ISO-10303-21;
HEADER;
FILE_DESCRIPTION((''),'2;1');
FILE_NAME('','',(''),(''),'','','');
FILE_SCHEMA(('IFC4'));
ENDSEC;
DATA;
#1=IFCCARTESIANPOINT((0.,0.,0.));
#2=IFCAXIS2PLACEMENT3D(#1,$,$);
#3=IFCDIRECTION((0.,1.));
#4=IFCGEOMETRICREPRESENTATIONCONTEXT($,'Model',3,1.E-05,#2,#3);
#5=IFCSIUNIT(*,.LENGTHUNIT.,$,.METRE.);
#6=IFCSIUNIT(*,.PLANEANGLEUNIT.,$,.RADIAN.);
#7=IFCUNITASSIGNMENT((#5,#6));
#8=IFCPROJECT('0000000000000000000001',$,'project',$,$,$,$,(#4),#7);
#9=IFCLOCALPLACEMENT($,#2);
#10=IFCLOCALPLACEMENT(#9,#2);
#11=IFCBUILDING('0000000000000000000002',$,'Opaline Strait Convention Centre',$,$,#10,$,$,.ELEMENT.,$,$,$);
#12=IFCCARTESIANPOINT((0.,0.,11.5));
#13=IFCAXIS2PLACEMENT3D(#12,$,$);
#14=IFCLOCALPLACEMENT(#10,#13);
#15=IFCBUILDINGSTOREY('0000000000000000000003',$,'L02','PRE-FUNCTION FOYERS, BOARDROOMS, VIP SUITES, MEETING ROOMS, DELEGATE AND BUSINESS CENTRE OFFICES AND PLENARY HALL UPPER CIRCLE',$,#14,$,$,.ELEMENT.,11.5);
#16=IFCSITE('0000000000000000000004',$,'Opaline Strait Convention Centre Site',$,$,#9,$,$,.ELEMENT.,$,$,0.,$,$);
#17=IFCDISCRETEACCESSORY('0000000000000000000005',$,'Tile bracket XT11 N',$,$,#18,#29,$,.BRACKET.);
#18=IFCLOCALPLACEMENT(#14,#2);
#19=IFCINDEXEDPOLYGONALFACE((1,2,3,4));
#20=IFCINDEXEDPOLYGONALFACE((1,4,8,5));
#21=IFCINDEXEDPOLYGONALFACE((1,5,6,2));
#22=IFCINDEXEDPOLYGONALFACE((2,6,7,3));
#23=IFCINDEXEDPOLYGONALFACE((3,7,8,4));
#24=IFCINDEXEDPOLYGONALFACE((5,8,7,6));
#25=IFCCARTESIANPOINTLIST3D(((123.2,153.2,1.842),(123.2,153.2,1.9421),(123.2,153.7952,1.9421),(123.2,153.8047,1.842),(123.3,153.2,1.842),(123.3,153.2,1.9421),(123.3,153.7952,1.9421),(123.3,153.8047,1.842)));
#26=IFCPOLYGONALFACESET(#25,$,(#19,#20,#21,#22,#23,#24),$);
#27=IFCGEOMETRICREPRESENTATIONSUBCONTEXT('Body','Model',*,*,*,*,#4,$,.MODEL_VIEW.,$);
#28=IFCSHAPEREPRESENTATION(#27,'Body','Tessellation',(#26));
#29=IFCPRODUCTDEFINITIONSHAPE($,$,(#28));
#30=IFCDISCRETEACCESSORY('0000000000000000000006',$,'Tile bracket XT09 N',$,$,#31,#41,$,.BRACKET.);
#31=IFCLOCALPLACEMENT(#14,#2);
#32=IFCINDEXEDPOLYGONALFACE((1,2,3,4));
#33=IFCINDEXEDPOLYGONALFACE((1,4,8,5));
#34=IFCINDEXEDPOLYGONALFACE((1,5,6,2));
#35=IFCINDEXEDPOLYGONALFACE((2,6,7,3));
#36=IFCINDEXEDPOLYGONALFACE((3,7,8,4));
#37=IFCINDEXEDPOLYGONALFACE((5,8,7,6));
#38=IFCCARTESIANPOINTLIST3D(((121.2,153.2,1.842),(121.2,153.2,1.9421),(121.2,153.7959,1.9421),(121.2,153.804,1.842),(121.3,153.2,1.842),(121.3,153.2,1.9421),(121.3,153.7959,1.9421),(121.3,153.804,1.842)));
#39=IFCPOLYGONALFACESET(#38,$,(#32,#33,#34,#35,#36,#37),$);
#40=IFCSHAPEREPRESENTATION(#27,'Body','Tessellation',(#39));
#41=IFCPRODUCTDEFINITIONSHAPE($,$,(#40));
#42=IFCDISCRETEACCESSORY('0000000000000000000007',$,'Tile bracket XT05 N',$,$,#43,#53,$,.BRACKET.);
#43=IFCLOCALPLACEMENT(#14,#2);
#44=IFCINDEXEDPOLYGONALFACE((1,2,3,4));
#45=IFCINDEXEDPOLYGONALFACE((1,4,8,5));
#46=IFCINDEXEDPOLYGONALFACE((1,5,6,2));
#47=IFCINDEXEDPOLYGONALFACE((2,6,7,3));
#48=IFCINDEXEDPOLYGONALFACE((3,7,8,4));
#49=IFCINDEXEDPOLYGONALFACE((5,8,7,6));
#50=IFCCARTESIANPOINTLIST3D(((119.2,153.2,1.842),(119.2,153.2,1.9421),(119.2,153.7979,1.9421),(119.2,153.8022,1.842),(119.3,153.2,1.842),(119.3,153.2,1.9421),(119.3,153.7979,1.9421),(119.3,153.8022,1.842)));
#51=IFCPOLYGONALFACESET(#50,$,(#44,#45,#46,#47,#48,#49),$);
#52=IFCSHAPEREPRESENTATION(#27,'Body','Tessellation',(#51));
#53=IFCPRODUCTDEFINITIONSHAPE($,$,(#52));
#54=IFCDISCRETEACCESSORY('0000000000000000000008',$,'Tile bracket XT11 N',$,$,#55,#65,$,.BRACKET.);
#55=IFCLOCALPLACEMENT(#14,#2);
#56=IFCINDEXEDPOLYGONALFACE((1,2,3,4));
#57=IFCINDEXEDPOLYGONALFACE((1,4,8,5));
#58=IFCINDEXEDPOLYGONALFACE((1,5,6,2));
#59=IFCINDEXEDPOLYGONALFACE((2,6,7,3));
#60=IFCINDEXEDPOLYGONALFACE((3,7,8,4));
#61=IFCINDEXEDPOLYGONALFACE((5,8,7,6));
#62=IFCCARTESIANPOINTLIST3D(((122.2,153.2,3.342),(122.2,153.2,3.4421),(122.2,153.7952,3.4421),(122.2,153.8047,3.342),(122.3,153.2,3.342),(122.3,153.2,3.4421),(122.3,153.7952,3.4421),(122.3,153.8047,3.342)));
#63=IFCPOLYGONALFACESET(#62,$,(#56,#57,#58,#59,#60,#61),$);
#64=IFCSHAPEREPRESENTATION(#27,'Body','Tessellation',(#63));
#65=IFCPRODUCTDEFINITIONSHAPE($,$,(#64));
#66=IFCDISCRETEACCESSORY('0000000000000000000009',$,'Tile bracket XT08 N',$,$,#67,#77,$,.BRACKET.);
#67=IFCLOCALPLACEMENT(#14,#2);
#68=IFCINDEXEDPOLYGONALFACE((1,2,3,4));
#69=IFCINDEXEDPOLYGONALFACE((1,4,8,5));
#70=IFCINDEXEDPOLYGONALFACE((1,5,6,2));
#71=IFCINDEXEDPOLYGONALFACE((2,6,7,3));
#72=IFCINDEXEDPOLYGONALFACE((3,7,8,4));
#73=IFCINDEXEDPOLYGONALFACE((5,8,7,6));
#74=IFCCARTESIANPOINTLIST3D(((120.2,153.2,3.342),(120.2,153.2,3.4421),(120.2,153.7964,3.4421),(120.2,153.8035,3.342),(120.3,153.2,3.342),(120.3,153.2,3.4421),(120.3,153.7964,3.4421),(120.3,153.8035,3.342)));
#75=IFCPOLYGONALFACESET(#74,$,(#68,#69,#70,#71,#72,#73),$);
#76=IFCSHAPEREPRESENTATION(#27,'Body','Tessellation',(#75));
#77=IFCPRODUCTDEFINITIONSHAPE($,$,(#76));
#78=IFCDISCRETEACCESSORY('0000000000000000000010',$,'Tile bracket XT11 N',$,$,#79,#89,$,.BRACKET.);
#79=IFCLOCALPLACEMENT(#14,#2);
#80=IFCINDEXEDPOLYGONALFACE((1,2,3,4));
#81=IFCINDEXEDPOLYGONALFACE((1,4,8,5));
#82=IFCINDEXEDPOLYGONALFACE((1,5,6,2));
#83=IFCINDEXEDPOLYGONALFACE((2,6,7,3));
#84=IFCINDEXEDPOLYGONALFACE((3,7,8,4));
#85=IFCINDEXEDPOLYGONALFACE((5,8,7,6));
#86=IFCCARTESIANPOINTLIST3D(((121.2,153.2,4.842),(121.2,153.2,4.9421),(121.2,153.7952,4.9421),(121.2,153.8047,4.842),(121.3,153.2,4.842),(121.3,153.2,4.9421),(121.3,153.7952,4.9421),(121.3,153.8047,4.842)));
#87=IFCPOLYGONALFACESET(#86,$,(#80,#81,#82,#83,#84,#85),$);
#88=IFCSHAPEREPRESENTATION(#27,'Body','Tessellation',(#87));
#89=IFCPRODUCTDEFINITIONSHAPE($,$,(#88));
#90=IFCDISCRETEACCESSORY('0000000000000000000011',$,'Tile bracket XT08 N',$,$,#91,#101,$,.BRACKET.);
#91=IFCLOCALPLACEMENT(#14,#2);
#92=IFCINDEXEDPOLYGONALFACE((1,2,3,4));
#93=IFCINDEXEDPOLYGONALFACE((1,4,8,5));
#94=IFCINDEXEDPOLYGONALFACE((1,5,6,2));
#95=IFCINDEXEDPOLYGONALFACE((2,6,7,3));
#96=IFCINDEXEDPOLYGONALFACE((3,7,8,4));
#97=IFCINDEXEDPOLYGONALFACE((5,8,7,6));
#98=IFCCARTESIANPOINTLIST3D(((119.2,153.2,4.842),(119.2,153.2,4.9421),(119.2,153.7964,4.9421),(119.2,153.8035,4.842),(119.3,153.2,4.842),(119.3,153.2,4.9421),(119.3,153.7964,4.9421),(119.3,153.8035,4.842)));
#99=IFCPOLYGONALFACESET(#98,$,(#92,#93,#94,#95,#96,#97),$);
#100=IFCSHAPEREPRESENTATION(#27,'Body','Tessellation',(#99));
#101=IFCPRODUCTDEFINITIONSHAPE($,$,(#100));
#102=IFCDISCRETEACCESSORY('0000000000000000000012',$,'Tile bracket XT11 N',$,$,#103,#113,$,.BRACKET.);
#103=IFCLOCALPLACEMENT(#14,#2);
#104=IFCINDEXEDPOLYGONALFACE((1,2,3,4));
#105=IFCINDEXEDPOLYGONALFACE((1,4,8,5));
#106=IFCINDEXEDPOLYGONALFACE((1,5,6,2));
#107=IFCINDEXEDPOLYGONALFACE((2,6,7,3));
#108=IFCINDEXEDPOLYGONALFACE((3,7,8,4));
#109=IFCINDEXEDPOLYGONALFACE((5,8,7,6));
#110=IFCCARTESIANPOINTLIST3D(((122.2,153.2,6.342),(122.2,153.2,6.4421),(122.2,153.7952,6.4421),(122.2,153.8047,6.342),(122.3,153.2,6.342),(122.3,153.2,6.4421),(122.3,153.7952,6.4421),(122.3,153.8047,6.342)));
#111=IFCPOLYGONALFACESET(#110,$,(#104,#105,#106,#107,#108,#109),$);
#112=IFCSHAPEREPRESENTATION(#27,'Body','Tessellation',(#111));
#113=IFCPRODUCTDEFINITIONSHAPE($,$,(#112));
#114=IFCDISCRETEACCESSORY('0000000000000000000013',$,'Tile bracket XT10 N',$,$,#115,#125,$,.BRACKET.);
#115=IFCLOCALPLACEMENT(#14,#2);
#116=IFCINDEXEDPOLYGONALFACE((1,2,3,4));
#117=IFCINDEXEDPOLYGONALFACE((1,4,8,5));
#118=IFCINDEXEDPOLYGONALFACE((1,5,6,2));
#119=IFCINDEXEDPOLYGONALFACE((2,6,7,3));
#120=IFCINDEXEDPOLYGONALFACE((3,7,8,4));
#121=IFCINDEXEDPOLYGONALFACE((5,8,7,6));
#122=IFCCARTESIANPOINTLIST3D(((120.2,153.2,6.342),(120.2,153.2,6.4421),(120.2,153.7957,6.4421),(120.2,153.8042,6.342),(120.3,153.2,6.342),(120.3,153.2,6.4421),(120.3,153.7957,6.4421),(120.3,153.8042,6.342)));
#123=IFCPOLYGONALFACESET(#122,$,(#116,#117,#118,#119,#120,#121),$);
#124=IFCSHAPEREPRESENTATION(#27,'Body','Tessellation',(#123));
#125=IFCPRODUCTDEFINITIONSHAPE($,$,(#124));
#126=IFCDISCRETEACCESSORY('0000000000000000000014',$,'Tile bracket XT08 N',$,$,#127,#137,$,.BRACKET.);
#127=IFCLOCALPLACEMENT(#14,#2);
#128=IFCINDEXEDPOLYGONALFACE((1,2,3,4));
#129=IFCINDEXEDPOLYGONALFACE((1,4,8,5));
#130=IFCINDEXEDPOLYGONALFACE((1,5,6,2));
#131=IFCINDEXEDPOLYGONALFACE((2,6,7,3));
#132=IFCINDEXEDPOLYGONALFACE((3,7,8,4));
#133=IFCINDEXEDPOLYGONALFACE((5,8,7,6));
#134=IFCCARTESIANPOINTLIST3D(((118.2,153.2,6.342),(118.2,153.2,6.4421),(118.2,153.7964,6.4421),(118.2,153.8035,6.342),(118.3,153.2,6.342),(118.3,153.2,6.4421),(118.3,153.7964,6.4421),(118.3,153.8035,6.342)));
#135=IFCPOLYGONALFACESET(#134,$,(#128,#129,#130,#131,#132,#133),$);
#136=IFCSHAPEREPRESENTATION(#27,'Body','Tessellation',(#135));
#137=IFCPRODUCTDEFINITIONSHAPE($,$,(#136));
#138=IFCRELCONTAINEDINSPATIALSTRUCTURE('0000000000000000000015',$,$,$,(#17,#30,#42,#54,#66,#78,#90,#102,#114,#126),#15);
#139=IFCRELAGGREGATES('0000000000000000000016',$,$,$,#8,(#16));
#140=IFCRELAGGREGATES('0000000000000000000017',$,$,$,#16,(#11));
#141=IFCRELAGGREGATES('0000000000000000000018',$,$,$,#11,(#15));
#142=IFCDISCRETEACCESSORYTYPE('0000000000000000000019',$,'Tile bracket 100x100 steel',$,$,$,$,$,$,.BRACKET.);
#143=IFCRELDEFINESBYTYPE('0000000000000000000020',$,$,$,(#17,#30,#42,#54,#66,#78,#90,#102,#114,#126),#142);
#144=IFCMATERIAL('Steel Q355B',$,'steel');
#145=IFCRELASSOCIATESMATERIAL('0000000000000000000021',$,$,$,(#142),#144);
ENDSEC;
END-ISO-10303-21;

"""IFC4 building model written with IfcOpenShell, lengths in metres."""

from ifc_helpers import new_model, si_unit, direction, frame, origin, place, context, subcontext, project, spatial, polyline, outline, extrude, material, type_object, element, save


model = new_model("IFC4")

# Units and contexts
model_context = context("Model", 3, precision=1e-05, world=origin(), true_north=direction((0.0, 1.0)))
body_context = subcontext(model_context, "Body", "Model", "MODEL_VIEW")
ifc_project = project(units=[si_unit("LENGTHUNIT", "METRE"), si_unit("PLANEANGLEUNIT", "RADIAN")], contexts=[model_context])

# Site, building, storey
site_placement = place(None, origin())
site = spatial("IfcSite", under=ifc_project, at=site_placement, Name="Opaline Strait Convention Centre Site", CompositionType="ELEMENT", RefElevation=0.0)
building_placement = place(site_placement, origin())
building = spatial("IfcBuilding", under=site, at=building_placement, Name="Opaline Strait Convention Centre", CompositionType="ELEMENT")
storey_placement = place(building_placement, frame((0.0, 0.0, 11.5)))
storey = spatial("IfcBuildingStorey", under=building, at=storey_placement, Name="L02", Description="PRE-FUNCTION FOYERS, BOARDROOMS, VIP SUITES, MEETING ROOMS, DELEGATE AND BUSINESS CENTRE OFFICES AND PLENARY HALL UPPER CIRCLE", CompositionType="ELEMENT", Elevation=11.5)

# Discrete accessories
ifc_material_1 = material(Name="Steel Q355B", Category="steel")
discrete_accessory_type = type_object("IfcDiscreteAccessoryType", Name="Tile bracket 100x100 steel", PredefinedType="BRACKET", material=ifc_material_1)
discrete_accessory_1_placement = place(storey_placement, frame((123.3, 153.2, 1.8921), z_axis=(-1.0, 0.0, 0.0), x_axis=(0.0, -1.0, 0.0)))
element("IfcDiscreteAccessory", 1, at=discrete_accessory_1_placement, inside=storey, type_object=discrete_accessory_type, Name="Tile bracket XT11 N", PredefinedType="BRACKET", context=body_context, shape_type="SweptSolid", body=[
    extrude(outline(polyline([(0.0, -0.05), (0.0, 0.05), (-0.5952, 0.05), (-0.6047, -0.05), (0.0, -0.05)])), origin(), (0.0, 0.0, 1.0), 0.1001),
])
discrete_accessory_2_placement = place(storey_placement, frame((121.3, 153.2, 1.8921), z_axis=(-1.0, 0.0, 0.0), x_axis=(0.0, -1.0, 0.0)))
element("IfcDiscreteAccessory", 2, at=discrete_accessory_2_placement, inside=storey, type_object=discrete_accessory_type, Name="Tile bracket XT09 N", PredefinedType="BRACKET", context=body_context, shape_type="SweptSolid", body=[
    extrude(outline(polyline([(0.0, -0.05), (0.0, 0.05), (-0.5959, 0.05), (-0.604, -0.05), (0.0, -0.05)])), origin(), (0.0, 0.0, 1.0), 0.1001),
])
discrete_accessory_3_placement = place(storey_placement, frame((119.3, 153.2, 1.8921), z_axis=(-1.0, 0.0, 0.0), x_axis=(0.0, -1.0, 0.0)))
element("IfcDiscreteAccessory", 3, at=discrete_accessory_3_placement, inside=storey, type_object=discrete_accessory_type, Name="Tile bracket XT05 N", PredefinedType="BRACKET", context=body_context, shape_type="SweptSolid", body=[
    extrude(outline(polyline([(0.0, -0.05), (0.0, 0.05), (-0.5979, 0.05), (-0.6023, -0.05), (0.0, -0.05)])), origin(), (0.0, 0.0, 1.0), 0.1001),
])
discrete_accessory_4_placement = place(storey_placement, frame((122.3, 153.2, 3.3921), z_axis=(-1.0, 0.0, 0.0), x_axis=(0.0, -1.0, 0.0)))
element("IfcDiscreteAccessory", 4, at=discrete_accessory_4_placement, inside=storey, type_object=discrete_accessory_type, Name="Tile bracket XT11 N", PredefinedType="BRACKET", context=body_context, shape_type="SweptSolid", body=[
    extrude(outline(polyline([(0.0, -0.05), (0.0, 0.05), (-0.5952, 0.05), (-0.6047, -0.05), (0.0, -0.05)])), origin(), (0.0, 0.0, 1.0), 0.1001),
])
discrete_accessory_5_placement = place(storey_placement, frame((120.3, 153.2, 3.3921), z_axis=(-1.0, 0.0, 0.0), x_axis=(0.0, -1.0, 0.0)))
element("IfcDiscreteAccessory", 5, at=discrete_accessory_5_placement, inside=storey, type_object=discrete_accessory_type, Name="Tile bracket XT08 N", PredefinedType="BRACKET", context=body_context, shape_type="SweptSolid", body=[
    extrude(outline(polyline([(0.0, -0.05), (0.0, 0.05), (-0.5964, 0.05), (-0.6035, -0.05), (0.0, -0.05)])), origin(), (0.0, 0.0, 1.0), 0.1001),
])
discrete_accessory_6_placement = place(storey_placement, frame((121.3, 153.2, 4.8921), z_axis=(-1.0, 0.0, 0.0), x_axis=(0.0, -1.0, 0.0)))
element("IfcDiscreteAccessory", 6, at=discrete_accessory_6_placement, inside=storey, type_object=discrete_accessory_type, Name="Tile bracket XT11 N", PredefinedType="BRACKET", context=body_context, shape_type="SweptSolid", body=[
    extrude(outline(polyline([(0.0, -0.05), (0.0, 0.05), (-0.5952, 0.05), (-0.6047, -0.05), (0.0, -0.05)])), origin(), (0.0, 0.0, 1.0), 0.1001),
])
discrete_accessory_7_placement = place(storey_placement, frame((119.3, 153.2, 4.8921), z_axis=(-1.0, 0.0, 0.0), x_axis=(0.0, -1.0, 0.0)))
element("IfcDiscreteAccessory", 7, at=discrete_accessory_7_placement, inside=storey, type_object=discrete_accessory_type, Name="Tile bracket XT08 N", PredefinedType="BRACKET", context=body_context, shape_type="SweptSolid", body=[
    extrude(outline(polyline([(0.0, -0.05), (0.0, 0.05), (-0.5964, 0.05), (-0.6035, -0.05), (0.0, -0.05)])), origin(), (0.0, 0.0, 1.0), 0.1001),
])
discrete_accessory_8_placement = place(storey_placement, frame((122.3, 153.2, 6.3921), z_axis=(-1.0, 0.0, 0.0), x_axis=(0.0, -1.0, 0.0)))
element("IfcDiscreteAccessory", 8, at=discrete_accessory_8_placement, inside=storey, type_object=discrete_accessory_type, Name="Tile bracket XT11 N", PredefinedType="BRACKET", context=body_context, shape_type="SweptSolid", body=[
    extrude(outline(polyline([(0.0, -0.05), (0.0, 0.05), (-0.5952, 0.05), (-0.6047, -0.05), (0.0, -0.05)])), origin(), (0.0, 0.0, 1.0), 0.1001),
])
discrete_accessory_9_placement = place(storey_placement, frame((120.3, 153.2, 6.3921), z_axis=(-1.0, 0.0, 0.0), x_axis=(0.0, -1.0, 0.0)))
element("IfcDiscreteAccessory", 9, at=discrete_accessory_9_placement, inside=storey, type_object=discrete_accessory_type, Name="Tile bracket XT10 N", PredefinedType="BRACKET", context=body_context, shape_type="SweptSolid", body=[
    extrude(outline(polyline([(0.0, -0.05), (0.0, 0.05), (-0.5957, 0.05), (-0.6042, -0.05), (0.0, -0.05)])), origin(), (0.0, 0.0, 1.0), 0.1001),
])
discrete_accessory_10_placement = place(storey_placement, frame((118.3, 153.2, 6.3921), z_axis=(-1.0, 0.0, 0.0), x_axis=(0.0, -1.0, 0.0)))
element("IfcDiscreteAccessory", 10, at=discrete_accessory_10_placement, inside=storey, type_object=discrete_accessory_type, Name="Tile bracket XT08 N", PredefinedType="BRACKET", context=body_context, shape_type="SweptSolid", body=[
    extrude(outline(polyline([(0.0, -0.05), (0.0, 0.05), (-0.5964, 0.05), (-0.6035, -0.05), (0.0, -0.05)])), origin(), (0.0, 0.0, 1.0), 0.1001),
])

save(model, "model.ifc")
